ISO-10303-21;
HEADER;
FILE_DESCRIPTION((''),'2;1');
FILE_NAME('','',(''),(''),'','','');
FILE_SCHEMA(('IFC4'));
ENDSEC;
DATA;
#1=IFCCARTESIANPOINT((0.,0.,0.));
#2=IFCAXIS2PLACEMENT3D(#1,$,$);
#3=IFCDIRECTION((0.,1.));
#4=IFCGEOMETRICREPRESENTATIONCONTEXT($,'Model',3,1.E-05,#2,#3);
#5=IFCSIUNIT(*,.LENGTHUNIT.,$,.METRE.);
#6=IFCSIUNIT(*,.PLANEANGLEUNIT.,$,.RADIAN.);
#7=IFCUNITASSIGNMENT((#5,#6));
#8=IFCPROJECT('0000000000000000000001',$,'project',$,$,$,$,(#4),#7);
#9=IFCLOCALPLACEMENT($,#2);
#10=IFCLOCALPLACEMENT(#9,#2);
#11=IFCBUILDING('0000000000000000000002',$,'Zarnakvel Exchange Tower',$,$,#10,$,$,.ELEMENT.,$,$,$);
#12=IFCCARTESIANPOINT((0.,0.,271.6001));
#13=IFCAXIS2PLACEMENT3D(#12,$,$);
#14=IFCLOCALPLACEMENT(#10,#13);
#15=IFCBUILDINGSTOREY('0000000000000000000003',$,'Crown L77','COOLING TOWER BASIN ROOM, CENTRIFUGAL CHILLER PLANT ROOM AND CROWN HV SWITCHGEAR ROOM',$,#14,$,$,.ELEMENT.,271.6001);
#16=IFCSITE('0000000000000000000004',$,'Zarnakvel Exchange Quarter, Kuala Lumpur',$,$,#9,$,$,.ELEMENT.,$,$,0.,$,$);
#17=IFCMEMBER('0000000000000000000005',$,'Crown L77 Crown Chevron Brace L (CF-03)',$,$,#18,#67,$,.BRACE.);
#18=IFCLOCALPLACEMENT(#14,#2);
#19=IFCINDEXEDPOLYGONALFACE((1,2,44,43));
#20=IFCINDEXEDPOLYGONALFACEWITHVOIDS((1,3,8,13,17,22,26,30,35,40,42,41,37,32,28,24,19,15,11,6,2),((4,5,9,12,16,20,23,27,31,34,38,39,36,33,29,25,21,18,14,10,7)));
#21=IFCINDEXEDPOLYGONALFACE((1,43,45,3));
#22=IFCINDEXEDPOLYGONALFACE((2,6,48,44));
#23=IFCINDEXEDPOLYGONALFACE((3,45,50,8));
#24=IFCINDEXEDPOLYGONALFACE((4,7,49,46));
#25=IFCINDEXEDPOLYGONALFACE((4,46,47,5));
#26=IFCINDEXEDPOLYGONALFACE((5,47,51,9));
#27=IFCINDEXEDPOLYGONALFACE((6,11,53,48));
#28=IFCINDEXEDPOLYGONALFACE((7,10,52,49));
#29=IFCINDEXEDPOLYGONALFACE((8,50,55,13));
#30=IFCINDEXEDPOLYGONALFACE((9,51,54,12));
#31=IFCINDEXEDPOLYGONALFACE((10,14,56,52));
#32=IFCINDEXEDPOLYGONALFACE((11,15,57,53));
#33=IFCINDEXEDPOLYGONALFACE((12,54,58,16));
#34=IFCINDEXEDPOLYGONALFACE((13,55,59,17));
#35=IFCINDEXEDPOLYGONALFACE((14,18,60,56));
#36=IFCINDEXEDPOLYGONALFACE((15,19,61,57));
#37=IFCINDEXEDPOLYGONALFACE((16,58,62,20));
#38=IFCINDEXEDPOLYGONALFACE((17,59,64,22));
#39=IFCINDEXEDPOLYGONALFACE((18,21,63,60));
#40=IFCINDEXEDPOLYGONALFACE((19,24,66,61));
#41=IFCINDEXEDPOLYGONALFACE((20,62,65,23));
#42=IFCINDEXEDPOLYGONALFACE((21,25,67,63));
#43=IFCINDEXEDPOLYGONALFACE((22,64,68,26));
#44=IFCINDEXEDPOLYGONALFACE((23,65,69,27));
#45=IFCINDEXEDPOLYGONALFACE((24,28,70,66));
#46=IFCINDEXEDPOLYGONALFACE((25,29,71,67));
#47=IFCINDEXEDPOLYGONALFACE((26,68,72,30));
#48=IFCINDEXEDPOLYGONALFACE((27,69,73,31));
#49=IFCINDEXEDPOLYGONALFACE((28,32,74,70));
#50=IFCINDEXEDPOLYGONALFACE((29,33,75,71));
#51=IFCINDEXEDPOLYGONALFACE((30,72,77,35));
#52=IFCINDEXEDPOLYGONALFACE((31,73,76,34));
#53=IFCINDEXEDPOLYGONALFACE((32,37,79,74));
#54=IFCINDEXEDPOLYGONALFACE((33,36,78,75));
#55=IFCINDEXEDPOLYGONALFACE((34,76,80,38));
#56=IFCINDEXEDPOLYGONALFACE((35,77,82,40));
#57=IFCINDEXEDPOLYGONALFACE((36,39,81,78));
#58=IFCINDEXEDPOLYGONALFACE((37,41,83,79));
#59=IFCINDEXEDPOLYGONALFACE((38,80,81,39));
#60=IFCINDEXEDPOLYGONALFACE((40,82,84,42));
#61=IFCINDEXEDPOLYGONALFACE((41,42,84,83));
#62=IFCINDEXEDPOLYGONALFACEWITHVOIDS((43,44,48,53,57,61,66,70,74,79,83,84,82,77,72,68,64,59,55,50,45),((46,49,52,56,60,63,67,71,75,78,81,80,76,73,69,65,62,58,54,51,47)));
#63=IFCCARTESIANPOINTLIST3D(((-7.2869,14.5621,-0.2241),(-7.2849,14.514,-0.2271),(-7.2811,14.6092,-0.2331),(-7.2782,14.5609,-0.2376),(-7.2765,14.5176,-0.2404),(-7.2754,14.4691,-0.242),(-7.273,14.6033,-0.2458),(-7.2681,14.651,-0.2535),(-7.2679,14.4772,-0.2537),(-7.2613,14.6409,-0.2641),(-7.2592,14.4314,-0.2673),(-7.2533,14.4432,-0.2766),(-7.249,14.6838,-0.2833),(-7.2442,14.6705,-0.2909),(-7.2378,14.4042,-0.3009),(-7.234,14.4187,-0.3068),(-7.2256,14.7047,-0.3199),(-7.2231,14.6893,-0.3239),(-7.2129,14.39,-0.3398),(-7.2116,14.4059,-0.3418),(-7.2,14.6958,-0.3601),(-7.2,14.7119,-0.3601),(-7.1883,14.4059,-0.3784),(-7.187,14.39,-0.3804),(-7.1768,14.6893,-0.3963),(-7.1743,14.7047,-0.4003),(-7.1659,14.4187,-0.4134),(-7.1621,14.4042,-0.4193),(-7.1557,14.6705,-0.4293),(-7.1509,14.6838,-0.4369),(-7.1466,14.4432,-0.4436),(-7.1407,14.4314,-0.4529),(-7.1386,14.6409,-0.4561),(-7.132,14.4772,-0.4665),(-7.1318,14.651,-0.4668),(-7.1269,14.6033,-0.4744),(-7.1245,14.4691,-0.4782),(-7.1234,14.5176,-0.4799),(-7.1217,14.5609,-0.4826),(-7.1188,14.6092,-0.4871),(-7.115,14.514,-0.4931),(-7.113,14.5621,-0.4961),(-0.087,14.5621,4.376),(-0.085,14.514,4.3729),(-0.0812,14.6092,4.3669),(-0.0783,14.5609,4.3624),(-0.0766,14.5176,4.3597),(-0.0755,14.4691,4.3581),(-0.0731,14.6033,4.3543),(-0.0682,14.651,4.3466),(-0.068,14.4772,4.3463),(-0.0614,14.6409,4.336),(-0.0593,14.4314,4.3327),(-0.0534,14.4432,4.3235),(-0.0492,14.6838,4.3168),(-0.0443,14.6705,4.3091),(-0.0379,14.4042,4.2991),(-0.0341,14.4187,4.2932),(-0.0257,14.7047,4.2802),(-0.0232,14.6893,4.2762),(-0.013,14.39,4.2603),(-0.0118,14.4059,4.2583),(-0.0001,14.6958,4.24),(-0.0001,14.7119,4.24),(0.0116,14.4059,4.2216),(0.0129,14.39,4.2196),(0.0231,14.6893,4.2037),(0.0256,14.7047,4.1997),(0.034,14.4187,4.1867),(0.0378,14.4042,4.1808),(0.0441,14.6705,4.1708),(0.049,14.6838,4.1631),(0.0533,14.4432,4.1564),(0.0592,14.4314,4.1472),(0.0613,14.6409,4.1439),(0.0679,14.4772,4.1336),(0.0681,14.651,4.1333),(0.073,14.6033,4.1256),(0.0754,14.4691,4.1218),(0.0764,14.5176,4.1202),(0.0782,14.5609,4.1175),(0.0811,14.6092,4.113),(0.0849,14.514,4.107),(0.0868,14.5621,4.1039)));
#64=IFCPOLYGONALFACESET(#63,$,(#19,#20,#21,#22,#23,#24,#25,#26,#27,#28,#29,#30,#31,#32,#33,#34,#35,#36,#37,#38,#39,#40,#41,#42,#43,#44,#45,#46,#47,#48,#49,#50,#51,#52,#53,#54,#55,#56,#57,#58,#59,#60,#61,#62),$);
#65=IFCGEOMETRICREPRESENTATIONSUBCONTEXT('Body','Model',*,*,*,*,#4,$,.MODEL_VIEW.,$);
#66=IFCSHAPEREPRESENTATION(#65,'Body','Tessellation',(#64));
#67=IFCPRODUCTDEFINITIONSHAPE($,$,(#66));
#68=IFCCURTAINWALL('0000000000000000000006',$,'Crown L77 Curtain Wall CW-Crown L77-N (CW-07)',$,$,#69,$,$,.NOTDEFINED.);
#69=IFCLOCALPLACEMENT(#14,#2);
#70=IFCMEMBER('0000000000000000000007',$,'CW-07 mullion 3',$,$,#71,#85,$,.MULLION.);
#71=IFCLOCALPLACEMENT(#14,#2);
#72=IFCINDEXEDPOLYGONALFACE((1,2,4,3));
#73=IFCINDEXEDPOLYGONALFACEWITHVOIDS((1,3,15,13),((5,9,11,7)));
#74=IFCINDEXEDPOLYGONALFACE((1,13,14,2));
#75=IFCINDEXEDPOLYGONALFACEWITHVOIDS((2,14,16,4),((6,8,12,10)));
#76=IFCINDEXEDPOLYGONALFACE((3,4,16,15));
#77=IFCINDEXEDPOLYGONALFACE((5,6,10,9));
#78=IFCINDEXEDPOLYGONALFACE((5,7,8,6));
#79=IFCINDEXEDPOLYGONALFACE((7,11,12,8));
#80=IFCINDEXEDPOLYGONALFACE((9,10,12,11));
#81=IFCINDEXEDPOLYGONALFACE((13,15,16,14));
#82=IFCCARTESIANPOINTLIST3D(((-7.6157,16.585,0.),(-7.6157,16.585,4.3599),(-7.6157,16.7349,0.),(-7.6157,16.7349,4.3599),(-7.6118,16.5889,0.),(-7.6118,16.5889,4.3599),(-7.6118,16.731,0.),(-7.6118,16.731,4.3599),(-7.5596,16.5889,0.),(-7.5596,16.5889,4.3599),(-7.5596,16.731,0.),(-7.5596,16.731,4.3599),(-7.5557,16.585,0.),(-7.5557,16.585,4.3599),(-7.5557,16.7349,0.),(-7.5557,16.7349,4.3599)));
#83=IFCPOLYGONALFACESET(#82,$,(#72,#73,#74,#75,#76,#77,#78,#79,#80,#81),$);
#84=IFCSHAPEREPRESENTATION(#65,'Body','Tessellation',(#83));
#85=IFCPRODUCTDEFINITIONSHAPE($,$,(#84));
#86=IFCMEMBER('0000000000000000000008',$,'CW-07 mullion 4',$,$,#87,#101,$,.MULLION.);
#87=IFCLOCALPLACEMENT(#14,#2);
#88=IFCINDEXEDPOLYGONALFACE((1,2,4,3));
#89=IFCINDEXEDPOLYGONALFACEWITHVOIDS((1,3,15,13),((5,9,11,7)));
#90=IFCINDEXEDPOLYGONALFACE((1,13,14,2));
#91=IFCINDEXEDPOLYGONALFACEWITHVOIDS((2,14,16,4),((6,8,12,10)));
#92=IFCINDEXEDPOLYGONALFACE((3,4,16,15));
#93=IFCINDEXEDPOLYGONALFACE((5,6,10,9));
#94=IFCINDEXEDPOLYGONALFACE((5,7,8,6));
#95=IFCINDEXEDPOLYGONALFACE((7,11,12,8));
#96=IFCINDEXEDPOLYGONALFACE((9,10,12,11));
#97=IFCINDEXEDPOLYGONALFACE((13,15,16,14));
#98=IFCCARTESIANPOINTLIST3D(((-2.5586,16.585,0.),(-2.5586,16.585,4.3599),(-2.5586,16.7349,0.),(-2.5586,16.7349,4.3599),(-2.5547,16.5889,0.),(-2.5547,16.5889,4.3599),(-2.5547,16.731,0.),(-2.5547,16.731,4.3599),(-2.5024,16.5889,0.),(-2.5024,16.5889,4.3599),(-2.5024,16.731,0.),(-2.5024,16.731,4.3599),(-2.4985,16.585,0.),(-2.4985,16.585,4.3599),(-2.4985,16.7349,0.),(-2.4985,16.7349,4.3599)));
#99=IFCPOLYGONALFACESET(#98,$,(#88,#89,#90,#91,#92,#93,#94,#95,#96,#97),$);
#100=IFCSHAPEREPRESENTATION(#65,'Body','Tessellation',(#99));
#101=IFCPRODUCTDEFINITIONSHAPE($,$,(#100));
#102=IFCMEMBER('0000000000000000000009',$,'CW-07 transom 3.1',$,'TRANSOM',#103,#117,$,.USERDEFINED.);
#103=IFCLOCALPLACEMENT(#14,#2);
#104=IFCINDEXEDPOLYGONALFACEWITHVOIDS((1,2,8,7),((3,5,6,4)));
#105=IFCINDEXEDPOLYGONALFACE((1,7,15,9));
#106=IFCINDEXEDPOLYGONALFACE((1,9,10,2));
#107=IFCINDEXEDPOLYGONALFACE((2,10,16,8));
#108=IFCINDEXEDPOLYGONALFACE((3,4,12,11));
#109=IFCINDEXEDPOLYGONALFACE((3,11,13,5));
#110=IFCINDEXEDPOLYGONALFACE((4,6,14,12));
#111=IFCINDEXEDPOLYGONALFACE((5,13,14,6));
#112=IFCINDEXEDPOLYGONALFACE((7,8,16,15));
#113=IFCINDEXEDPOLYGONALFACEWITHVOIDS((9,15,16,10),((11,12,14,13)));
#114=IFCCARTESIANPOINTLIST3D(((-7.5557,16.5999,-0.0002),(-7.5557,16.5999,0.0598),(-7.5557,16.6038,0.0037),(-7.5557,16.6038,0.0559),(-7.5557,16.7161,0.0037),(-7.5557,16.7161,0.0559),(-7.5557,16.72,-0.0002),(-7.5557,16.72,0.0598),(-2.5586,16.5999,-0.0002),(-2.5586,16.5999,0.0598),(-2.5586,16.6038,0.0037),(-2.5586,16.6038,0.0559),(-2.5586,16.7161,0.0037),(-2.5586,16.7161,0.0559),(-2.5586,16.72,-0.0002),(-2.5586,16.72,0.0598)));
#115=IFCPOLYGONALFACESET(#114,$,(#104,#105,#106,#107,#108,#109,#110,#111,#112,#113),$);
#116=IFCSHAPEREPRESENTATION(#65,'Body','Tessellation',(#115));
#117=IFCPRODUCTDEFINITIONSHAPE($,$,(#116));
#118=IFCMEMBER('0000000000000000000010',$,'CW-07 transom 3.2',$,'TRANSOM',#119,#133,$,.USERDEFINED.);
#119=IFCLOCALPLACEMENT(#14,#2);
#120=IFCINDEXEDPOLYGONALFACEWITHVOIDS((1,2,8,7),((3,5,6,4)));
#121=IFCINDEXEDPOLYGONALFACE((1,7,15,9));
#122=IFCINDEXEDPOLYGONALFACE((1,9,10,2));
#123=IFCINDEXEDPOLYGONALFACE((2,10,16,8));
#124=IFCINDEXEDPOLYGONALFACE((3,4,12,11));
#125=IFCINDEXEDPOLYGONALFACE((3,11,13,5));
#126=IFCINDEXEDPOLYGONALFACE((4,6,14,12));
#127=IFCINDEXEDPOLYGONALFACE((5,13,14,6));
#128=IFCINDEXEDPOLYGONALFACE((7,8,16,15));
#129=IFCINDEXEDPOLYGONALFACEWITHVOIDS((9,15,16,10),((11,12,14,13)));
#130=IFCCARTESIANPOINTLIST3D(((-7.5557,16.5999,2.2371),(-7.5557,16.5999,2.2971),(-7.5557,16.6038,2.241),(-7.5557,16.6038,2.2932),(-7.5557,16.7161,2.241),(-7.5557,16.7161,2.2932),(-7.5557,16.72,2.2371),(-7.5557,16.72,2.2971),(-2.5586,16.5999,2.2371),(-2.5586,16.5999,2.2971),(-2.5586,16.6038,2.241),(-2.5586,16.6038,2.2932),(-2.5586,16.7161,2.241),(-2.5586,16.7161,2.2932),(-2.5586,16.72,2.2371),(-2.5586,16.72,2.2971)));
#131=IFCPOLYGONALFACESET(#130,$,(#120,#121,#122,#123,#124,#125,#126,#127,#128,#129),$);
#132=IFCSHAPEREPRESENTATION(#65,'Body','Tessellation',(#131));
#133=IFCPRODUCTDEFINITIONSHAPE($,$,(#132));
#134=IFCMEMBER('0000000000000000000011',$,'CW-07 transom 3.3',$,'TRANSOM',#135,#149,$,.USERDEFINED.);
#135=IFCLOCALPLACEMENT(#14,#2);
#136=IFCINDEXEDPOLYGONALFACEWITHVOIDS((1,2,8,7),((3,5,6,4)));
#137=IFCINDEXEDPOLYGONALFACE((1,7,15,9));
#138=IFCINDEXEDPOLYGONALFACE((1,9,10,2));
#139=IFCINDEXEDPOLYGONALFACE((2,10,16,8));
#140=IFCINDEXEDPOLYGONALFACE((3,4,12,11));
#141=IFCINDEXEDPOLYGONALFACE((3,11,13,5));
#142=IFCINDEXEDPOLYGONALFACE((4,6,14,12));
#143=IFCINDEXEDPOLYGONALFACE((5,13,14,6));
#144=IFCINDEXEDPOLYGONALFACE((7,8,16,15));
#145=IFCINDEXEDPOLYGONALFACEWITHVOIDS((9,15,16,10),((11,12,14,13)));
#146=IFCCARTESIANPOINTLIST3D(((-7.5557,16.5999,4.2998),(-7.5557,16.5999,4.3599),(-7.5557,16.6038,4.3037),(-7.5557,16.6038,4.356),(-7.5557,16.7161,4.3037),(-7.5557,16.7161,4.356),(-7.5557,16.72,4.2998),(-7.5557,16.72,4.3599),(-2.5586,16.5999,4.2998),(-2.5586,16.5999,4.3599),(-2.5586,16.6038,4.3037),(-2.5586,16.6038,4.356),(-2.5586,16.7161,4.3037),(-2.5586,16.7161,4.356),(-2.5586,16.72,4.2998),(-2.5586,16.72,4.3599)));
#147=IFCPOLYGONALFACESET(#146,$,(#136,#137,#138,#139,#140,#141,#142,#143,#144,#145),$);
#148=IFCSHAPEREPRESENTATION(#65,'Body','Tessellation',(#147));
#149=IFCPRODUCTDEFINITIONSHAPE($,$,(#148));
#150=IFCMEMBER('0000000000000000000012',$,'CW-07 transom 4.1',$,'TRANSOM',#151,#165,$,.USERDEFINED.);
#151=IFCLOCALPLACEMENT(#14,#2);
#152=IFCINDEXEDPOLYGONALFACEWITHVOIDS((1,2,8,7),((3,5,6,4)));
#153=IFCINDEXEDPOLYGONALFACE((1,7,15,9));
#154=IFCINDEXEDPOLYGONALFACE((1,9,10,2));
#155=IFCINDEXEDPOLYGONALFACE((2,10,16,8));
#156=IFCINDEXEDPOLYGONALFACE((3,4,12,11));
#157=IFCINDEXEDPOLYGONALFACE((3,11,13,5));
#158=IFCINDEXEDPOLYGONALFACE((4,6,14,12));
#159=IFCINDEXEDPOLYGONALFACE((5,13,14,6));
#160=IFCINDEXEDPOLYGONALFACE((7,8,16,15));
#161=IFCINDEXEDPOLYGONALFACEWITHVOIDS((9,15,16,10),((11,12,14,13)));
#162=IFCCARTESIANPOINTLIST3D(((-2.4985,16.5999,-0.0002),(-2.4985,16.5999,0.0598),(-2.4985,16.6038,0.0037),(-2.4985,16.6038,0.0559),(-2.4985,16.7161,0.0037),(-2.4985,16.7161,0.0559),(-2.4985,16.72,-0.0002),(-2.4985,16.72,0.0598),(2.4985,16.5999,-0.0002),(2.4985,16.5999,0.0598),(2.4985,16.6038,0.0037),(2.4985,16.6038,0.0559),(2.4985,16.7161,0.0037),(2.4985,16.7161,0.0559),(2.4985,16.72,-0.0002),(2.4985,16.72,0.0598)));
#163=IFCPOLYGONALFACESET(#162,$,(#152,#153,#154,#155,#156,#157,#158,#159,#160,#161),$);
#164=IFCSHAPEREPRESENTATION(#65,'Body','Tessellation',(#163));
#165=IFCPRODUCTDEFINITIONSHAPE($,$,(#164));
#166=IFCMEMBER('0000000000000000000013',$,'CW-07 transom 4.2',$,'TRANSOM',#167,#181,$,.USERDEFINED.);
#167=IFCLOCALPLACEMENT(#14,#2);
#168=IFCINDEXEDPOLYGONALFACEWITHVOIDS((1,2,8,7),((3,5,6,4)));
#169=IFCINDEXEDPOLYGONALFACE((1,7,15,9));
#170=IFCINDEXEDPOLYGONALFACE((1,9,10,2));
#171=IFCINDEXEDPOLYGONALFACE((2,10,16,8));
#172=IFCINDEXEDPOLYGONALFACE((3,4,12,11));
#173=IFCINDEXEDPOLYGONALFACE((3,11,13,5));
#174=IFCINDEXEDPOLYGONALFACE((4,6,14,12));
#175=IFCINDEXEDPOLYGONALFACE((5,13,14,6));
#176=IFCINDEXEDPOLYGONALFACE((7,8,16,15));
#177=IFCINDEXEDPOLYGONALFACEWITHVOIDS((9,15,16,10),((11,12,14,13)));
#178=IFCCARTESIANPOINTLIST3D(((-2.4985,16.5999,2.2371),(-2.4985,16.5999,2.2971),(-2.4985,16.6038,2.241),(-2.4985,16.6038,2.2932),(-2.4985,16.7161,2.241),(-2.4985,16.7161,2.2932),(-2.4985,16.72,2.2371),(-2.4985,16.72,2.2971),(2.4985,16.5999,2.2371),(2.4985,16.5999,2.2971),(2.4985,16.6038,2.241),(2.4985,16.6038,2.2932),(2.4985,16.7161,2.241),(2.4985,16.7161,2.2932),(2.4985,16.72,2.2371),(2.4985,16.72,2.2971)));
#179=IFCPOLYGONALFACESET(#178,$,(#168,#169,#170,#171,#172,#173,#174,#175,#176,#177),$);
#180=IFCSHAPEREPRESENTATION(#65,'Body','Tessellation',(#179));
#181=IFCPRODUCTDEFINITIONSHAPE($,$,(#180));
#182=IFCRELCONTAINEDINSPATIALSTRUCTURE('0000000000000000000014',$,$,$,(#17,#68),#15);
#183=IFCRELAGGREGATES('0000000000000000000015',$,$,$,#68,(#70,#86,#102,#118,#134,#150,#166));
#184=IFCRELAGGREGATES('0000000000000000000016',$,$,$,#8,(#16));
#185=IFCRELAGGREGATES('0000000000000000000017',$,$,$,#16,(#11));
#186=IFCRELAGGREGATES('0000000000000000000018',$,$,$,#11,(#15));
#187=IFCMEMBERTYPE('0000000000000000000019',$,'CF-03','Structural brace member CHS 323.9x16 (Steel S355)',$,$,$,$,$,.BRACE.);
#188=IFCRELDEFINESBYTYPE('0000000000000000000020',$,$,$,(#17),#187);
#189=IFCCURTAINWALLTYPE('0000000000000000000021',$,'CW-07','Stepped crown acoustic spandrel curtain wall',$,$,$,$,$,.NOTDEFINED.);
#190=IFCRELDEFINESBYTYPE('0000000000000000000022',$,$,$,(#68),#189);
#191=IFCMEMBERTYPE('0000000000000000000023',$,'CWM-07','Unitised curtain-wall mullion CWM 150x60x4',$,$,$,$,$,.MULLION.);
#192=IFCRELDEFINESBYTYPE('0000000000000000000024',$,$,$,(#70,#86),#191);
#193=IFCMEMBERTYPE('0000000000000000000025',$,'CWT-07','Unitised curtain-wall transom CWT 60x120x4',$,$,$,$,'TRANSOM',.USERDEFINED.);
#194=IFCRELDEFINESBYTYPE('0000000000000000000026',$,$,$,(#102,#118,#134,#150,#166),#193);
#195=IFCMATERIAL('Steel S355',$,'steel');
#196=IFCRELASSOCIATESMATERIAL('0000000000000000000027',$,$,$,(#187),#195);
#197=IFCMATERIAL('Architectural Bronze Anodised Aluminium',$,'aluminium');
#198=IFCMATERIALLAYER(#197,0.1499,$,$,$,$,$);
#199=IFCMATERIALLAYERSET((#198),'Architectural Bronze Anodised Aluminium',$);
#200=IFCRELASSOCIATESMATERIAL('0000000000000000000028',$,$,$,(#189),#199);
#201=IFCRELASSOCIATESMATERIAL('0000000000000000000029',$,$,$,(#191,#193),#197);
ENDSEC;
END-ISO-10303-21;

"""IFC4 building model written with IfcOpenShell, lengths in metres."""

from ifc_helpers import new_model, si_unit, direction, frame, origin, origin_2d, place, context, subcontext, project, spatial, hollow_rectangle, hollow_circle, extrude, source, transform, mapped, material, layer, layer_set, material_profile, profile_set, type_object, element, aggregate, save


model = new_model("IFC4")

# Units and contexts
model_context = context("Model", 3, precision=1e-05, world=origin(), true_north=direction((0.0, 1.0)))
body_context = subcontext(model_context, "Body", "Model", "MODEL_VIEW")
ifc_project = project(units=[si_unit("LENGTHUNIT", "METRE"), si_unit("PLANEANGLEUNIT", "RADIAN")], contexts=[model_context])

# Site, building, storey
site_placement = place(None, origin())
site = spatial("IfcSite", under=ifc_project, at=site_placement, Name="Zarnakvel Exchange Quarter, Kuala Lumpur", CompositionType="ELEMENT", RefElevation=0.0)
building_placement = place(site_placement, origin())
building = spatial("IfcBuilding", under=site, at=building_placement, Name="Zarnakvel Exchange Tower", CompositionType="ELEMENT")
storey_placement = place(building_placement, frame((0.0, 0.0, 271.6001)))
storey = spatial("IfcBuildingStorey", under=building, at=storey_placement, Name="Crown L77", Description="COOLING TOWER BASIN ROOM, CENTRIFUGAL CHILLER PLANT ROOM AND CROWN HV SWITCHGEAR ROOM", CompositionType="ELEMENT", Elevation=271.6001)

# Shared definitions
ifc_material_1 = material(Name="Steel S355", Category="steel")

# Member
ifc_material_profile_1 = material_profile(ifc_material_1, hollow_circle(Radius=0.1619, WallThickness=0.0161, at=origin_2d()))
ifc_profile_set_1 = profile_set([ifc_material_profile_1], Name="Steel S355")
member_type_1 = type_object("IfcMemberType", Name="CF-03", Description="Structural brace member CHS 323.9x16 (Steel S355)", PredefinedType="BRACE", material=ifc_profile_set_1)
shared_shape_1 = source(origin(), body_context, "Body", "SweptSolid", [
    extrude(hollow_circle(Radius=0.1619, WallThickness=0.0161, at=origin_2d()), origin(), (0.0, 0.0, 1.0), 8.5439),
])
member_1_placement = place(storey_placement, frame((-7.2, 14.55, -0.3601), z_axis=(0.842689, 0.0, 0.5384), x_axis=(0.0, 1.0, 0.0)))
element("IfcMember", 1, at=member_1_placement, inside=storey, type_object=member_type_1, Name="Crown L77 Crown Chevron Brace L (CF-03)", PredefinedType="BRACE", context=body_context, shape_type="MappedRepresentation", body=[
    mapped(shared_shape_1, transform((0.0, 0.0, 0.0), x_axis=(1.0, 0.0, 0.0), y_axis=(0.0, 1.0, 0.0), z_axis=(0.0, 0.0, 1.0), scale=1.0)),
])

# Curtain wall, members
ifc_material_2 = material(Name="Architectural Bronze Anodised Aluminium", Category="aluminium")
ifc_layer_1 = layer(ifc_material_2, 0.1499)
ifc_layer_set_1 = layer_set([ifc_layer_1], Name="Architectural Bronze Anodised Aluminium")
curtain_wall_type = type_object("IfcCurtainWallType", Name="CW-07", Description="Stepped crown acoustic spandrel curtain wall", PredefinedType="NOTDEFINED", material=ifc_layer_set_1)
curtain_wall_placement = place(storey_placement, origin())
curtain_wall = element("IfcCurtainWall", 2, at=curtain_wall_placement, inside=storey, type_object=curtain_wall_type, Name="Crown L77 Curtain Wall CW-Crown L77-N (CW-07)", PredefinedType="NOTDEFINED")
ifc_material_profile_2 = material_profile(ifc_material_2, hollow_rectangle(XDim=0.1499, YDim=0.0601, WallThickness=0.0039, at=origin_2d()))
ifc_profile_set_2 = profile_set([ifc_material_profile_2], Name="Architectural Bronze Anodised Aluminium")
member_type_2 = type_object("IfcMemberType", Name="CWM-07", Description="Unitised curtain-wall mullion CWM 150x60x4", PredefinedType="MULLION", material=ifc_profile_set_2)
shared_shape_2 = source(origin(), body_context, "Body", "SweptSolid", [
    extrude(hollow_rectangle(XDim=0.1499, YDim=0.0601, WallThickness=0.0039, at=origin_2d()), origin(), (0.0, 0.0, 1.0), 4.3599),
])
member_2_placement = place(storey_placement, frame((-7.5857, 16.6599, 0.0), z_axis=(0.0, 0.0, 1.0), x_axis=(0.0, 1.0, 0.0)))
member_2 = element("IfcMember", 3, at=member_2_placement, type_object=member_type_2, Name="CW-07 mullion 3", PredefinedType="MULLION", context=body_context, shape_type="MappedRepresentation", body=[
    mapped(shared_shape_2, transform((0.0, 0.0, 0.0), x_axis=(1.0, 0.0, 0.0), y_axis=(0.0, 1.0, 0.0), z_axis=(0.0, 0.0, 1.0), scale=1.0)),
])
member_3_placement = place(storey_placement, frame((-2.5286, 16.6599, 0.0), z_axis=(0.0, 0.0, 1.0), x_axis=(0.0, 1.0, 0.0)))
member_3 = element("IfcMember", 4, at=member_3_placement, type_object=member_type_2, Name="CW-07 mullion 4", PredefinedType="MULLION", context=body_context, shape_type="MappedRepresentation", body=[
    mapped(shared_shape_2, transform((0.0, 0.0, 0.0), x_axis=(1.0, 0.0, 0.0), y_axis=(0.0, 1.0, 0.0), z_axis=(0.0, 0.0, 1.0), scale=1.0)),
])
ifc_material_profile_3 = material_profile(ifc_material_2, hollow_rectangle(XDim=0.1201, YDim=0.0601, WallThickness=0.0039, at=origin_2d()))
ifc_profile_set_3 = profile_set([ifc_material_profile_3], Name="Architectural Bronze Anodised Aluminium")
member_type_3 = type_object("IfcMemberType", Name="CWT-07", Description="Unitised curtain-wall transom CWT 60x120x4", ElementType="TRANSOM", PredefinedType="USERDEFINED", material=ifc_profile_set_3)
shared_shape_3 = source(origin(), body_context, "Body", "SweptSolid", [
    extrude(hollow_rectangle(XDim=0.1201, YDim=0.0601, WallThickness=0.0039, at=origin_2d()), origin(), (0.0, 0.0, 1.0), 4.9971),
])
member_4_placement = place(storey_placement, frame((-7.5557, 16.6599, 0.0298), z_axis=(1.0, 0.0, 0.0), x_axis=(0.0, 1.0, 0.0)))
member_4 = element("IfcMember", 5, at=member_4_placement, type_object=member_type_3, Name="CW-07 transom 3.1", ObjectType="TRANSOM", PredefinedType="USERDEFINED", context=body_context, shape_type="MappedRepresentation", body=[
    mapped(shared_shape_3, transform((0.0, 0.0, 0.0), x_axis=(1.0, 0.0, 0.0), y_axis=(0.0, 1.0, 0.0), z_axis=(0.0, 0.0, 1.0), scale=1.0)),
])
member_5_placement = place(storey_placement, frame((-7.5557, 16.6599, 2.2671), z_axis=(1.0, 0.0, 0.0), x_axis=(0.0, 1.0, 0.0)))
member_5 = element("IfcMember", 6, at=member_5_placement, type_object=member_type_3, Name="CW-07 transom 3.2", ObjectType="TRANSOM", PredefinedType="USERDEFINED", context=body_context, shape_type="MappedRepresentation", body=[
    mapped(shared_shape_3, transform((0.0, 0.0, 0.0), x_axis=(1.0, 0.0, 0.0), y_axis=(0.0, 1.0, 0.0), z_axis=(0.0, 0.0, 1.0), scale=1.0)),
])
member_6_placement = place(storey_placement, frame((-7.5557, 16.6599, 4.3298), z_axis=(1.0, 0.0, 0.0), x_axis=(0.0, 1.0, 0.0)))
member_6 = element("IfcMember", 7, at=member_6_placement, type_object=member_type_3, Name="CW-07 transom 3.3", ObjectType="TRANSOM", PredefinedType="USERDEFINED", context=body_context, shape_type="MappedRepresentation", body=[
    mapped(shared_shape_3, transform((0.0, 0.0, 0.0), x_axis=(1.0, 0.0, 0.0), y_axis=(0.0, 1.0, 0.0), z_axis=(0.0, 0.0, 1.0), scale=1.0)),
])
member_7_placement = place(storey_placement, frame((-2.4985, 16.6599, 0.0298), z_axis=(1.0, 0.0, 0.0), x_axis=(0.0, 1.0, 0.0)))
member_7 = element("IfcMember", 8, at=member_7_placement, type_object=member_type_3, Name="CW-07 transom 4.1", ObjectType="TRANSOM", PredefinedType="USERDEFINED", context=body_context, shape_type="MappedRepresentation", body=[
    mapped(shared_shape_3, transform((0.0, 0.0, 0.0), x_axis=(1.0, 0.0, 0.0), y_axis=(0.0, 1.0, 0.0), z_axis=(0.0, 0.0, 1.0), scale=1.0)),
])
member_8_placement = place(storey_placement, frame((-2.4985, 16.6599, 2.2671), z_axis=(1.0, 0.0, 0.0), x_axis=(0.0, 1.0, 0.0)))
member_8 = element("IfcMember", 9, at=member_8_placement, type_object=member_type_3, Name="CW-07 transom 4.2", ObjectType="TRANSOM", PredefinedType="USERDEFINED", context=body_context, shape_type="MappedRepresentation", body=[
    mapped(shared_shape_3, transform((0.0, 0.0, 0.0), x_axis=(1.0, 0.0, 0.0), y_axis=(0.0, 1.0, 0.0), z_axis=(0.0, 0.0, 1.0), scale=1.0)),
])

aggregate(curtain_wall, [member_2, member_3, member_4, member_5, member_6, member_7, member_8])

save(model, "model.ifc")
